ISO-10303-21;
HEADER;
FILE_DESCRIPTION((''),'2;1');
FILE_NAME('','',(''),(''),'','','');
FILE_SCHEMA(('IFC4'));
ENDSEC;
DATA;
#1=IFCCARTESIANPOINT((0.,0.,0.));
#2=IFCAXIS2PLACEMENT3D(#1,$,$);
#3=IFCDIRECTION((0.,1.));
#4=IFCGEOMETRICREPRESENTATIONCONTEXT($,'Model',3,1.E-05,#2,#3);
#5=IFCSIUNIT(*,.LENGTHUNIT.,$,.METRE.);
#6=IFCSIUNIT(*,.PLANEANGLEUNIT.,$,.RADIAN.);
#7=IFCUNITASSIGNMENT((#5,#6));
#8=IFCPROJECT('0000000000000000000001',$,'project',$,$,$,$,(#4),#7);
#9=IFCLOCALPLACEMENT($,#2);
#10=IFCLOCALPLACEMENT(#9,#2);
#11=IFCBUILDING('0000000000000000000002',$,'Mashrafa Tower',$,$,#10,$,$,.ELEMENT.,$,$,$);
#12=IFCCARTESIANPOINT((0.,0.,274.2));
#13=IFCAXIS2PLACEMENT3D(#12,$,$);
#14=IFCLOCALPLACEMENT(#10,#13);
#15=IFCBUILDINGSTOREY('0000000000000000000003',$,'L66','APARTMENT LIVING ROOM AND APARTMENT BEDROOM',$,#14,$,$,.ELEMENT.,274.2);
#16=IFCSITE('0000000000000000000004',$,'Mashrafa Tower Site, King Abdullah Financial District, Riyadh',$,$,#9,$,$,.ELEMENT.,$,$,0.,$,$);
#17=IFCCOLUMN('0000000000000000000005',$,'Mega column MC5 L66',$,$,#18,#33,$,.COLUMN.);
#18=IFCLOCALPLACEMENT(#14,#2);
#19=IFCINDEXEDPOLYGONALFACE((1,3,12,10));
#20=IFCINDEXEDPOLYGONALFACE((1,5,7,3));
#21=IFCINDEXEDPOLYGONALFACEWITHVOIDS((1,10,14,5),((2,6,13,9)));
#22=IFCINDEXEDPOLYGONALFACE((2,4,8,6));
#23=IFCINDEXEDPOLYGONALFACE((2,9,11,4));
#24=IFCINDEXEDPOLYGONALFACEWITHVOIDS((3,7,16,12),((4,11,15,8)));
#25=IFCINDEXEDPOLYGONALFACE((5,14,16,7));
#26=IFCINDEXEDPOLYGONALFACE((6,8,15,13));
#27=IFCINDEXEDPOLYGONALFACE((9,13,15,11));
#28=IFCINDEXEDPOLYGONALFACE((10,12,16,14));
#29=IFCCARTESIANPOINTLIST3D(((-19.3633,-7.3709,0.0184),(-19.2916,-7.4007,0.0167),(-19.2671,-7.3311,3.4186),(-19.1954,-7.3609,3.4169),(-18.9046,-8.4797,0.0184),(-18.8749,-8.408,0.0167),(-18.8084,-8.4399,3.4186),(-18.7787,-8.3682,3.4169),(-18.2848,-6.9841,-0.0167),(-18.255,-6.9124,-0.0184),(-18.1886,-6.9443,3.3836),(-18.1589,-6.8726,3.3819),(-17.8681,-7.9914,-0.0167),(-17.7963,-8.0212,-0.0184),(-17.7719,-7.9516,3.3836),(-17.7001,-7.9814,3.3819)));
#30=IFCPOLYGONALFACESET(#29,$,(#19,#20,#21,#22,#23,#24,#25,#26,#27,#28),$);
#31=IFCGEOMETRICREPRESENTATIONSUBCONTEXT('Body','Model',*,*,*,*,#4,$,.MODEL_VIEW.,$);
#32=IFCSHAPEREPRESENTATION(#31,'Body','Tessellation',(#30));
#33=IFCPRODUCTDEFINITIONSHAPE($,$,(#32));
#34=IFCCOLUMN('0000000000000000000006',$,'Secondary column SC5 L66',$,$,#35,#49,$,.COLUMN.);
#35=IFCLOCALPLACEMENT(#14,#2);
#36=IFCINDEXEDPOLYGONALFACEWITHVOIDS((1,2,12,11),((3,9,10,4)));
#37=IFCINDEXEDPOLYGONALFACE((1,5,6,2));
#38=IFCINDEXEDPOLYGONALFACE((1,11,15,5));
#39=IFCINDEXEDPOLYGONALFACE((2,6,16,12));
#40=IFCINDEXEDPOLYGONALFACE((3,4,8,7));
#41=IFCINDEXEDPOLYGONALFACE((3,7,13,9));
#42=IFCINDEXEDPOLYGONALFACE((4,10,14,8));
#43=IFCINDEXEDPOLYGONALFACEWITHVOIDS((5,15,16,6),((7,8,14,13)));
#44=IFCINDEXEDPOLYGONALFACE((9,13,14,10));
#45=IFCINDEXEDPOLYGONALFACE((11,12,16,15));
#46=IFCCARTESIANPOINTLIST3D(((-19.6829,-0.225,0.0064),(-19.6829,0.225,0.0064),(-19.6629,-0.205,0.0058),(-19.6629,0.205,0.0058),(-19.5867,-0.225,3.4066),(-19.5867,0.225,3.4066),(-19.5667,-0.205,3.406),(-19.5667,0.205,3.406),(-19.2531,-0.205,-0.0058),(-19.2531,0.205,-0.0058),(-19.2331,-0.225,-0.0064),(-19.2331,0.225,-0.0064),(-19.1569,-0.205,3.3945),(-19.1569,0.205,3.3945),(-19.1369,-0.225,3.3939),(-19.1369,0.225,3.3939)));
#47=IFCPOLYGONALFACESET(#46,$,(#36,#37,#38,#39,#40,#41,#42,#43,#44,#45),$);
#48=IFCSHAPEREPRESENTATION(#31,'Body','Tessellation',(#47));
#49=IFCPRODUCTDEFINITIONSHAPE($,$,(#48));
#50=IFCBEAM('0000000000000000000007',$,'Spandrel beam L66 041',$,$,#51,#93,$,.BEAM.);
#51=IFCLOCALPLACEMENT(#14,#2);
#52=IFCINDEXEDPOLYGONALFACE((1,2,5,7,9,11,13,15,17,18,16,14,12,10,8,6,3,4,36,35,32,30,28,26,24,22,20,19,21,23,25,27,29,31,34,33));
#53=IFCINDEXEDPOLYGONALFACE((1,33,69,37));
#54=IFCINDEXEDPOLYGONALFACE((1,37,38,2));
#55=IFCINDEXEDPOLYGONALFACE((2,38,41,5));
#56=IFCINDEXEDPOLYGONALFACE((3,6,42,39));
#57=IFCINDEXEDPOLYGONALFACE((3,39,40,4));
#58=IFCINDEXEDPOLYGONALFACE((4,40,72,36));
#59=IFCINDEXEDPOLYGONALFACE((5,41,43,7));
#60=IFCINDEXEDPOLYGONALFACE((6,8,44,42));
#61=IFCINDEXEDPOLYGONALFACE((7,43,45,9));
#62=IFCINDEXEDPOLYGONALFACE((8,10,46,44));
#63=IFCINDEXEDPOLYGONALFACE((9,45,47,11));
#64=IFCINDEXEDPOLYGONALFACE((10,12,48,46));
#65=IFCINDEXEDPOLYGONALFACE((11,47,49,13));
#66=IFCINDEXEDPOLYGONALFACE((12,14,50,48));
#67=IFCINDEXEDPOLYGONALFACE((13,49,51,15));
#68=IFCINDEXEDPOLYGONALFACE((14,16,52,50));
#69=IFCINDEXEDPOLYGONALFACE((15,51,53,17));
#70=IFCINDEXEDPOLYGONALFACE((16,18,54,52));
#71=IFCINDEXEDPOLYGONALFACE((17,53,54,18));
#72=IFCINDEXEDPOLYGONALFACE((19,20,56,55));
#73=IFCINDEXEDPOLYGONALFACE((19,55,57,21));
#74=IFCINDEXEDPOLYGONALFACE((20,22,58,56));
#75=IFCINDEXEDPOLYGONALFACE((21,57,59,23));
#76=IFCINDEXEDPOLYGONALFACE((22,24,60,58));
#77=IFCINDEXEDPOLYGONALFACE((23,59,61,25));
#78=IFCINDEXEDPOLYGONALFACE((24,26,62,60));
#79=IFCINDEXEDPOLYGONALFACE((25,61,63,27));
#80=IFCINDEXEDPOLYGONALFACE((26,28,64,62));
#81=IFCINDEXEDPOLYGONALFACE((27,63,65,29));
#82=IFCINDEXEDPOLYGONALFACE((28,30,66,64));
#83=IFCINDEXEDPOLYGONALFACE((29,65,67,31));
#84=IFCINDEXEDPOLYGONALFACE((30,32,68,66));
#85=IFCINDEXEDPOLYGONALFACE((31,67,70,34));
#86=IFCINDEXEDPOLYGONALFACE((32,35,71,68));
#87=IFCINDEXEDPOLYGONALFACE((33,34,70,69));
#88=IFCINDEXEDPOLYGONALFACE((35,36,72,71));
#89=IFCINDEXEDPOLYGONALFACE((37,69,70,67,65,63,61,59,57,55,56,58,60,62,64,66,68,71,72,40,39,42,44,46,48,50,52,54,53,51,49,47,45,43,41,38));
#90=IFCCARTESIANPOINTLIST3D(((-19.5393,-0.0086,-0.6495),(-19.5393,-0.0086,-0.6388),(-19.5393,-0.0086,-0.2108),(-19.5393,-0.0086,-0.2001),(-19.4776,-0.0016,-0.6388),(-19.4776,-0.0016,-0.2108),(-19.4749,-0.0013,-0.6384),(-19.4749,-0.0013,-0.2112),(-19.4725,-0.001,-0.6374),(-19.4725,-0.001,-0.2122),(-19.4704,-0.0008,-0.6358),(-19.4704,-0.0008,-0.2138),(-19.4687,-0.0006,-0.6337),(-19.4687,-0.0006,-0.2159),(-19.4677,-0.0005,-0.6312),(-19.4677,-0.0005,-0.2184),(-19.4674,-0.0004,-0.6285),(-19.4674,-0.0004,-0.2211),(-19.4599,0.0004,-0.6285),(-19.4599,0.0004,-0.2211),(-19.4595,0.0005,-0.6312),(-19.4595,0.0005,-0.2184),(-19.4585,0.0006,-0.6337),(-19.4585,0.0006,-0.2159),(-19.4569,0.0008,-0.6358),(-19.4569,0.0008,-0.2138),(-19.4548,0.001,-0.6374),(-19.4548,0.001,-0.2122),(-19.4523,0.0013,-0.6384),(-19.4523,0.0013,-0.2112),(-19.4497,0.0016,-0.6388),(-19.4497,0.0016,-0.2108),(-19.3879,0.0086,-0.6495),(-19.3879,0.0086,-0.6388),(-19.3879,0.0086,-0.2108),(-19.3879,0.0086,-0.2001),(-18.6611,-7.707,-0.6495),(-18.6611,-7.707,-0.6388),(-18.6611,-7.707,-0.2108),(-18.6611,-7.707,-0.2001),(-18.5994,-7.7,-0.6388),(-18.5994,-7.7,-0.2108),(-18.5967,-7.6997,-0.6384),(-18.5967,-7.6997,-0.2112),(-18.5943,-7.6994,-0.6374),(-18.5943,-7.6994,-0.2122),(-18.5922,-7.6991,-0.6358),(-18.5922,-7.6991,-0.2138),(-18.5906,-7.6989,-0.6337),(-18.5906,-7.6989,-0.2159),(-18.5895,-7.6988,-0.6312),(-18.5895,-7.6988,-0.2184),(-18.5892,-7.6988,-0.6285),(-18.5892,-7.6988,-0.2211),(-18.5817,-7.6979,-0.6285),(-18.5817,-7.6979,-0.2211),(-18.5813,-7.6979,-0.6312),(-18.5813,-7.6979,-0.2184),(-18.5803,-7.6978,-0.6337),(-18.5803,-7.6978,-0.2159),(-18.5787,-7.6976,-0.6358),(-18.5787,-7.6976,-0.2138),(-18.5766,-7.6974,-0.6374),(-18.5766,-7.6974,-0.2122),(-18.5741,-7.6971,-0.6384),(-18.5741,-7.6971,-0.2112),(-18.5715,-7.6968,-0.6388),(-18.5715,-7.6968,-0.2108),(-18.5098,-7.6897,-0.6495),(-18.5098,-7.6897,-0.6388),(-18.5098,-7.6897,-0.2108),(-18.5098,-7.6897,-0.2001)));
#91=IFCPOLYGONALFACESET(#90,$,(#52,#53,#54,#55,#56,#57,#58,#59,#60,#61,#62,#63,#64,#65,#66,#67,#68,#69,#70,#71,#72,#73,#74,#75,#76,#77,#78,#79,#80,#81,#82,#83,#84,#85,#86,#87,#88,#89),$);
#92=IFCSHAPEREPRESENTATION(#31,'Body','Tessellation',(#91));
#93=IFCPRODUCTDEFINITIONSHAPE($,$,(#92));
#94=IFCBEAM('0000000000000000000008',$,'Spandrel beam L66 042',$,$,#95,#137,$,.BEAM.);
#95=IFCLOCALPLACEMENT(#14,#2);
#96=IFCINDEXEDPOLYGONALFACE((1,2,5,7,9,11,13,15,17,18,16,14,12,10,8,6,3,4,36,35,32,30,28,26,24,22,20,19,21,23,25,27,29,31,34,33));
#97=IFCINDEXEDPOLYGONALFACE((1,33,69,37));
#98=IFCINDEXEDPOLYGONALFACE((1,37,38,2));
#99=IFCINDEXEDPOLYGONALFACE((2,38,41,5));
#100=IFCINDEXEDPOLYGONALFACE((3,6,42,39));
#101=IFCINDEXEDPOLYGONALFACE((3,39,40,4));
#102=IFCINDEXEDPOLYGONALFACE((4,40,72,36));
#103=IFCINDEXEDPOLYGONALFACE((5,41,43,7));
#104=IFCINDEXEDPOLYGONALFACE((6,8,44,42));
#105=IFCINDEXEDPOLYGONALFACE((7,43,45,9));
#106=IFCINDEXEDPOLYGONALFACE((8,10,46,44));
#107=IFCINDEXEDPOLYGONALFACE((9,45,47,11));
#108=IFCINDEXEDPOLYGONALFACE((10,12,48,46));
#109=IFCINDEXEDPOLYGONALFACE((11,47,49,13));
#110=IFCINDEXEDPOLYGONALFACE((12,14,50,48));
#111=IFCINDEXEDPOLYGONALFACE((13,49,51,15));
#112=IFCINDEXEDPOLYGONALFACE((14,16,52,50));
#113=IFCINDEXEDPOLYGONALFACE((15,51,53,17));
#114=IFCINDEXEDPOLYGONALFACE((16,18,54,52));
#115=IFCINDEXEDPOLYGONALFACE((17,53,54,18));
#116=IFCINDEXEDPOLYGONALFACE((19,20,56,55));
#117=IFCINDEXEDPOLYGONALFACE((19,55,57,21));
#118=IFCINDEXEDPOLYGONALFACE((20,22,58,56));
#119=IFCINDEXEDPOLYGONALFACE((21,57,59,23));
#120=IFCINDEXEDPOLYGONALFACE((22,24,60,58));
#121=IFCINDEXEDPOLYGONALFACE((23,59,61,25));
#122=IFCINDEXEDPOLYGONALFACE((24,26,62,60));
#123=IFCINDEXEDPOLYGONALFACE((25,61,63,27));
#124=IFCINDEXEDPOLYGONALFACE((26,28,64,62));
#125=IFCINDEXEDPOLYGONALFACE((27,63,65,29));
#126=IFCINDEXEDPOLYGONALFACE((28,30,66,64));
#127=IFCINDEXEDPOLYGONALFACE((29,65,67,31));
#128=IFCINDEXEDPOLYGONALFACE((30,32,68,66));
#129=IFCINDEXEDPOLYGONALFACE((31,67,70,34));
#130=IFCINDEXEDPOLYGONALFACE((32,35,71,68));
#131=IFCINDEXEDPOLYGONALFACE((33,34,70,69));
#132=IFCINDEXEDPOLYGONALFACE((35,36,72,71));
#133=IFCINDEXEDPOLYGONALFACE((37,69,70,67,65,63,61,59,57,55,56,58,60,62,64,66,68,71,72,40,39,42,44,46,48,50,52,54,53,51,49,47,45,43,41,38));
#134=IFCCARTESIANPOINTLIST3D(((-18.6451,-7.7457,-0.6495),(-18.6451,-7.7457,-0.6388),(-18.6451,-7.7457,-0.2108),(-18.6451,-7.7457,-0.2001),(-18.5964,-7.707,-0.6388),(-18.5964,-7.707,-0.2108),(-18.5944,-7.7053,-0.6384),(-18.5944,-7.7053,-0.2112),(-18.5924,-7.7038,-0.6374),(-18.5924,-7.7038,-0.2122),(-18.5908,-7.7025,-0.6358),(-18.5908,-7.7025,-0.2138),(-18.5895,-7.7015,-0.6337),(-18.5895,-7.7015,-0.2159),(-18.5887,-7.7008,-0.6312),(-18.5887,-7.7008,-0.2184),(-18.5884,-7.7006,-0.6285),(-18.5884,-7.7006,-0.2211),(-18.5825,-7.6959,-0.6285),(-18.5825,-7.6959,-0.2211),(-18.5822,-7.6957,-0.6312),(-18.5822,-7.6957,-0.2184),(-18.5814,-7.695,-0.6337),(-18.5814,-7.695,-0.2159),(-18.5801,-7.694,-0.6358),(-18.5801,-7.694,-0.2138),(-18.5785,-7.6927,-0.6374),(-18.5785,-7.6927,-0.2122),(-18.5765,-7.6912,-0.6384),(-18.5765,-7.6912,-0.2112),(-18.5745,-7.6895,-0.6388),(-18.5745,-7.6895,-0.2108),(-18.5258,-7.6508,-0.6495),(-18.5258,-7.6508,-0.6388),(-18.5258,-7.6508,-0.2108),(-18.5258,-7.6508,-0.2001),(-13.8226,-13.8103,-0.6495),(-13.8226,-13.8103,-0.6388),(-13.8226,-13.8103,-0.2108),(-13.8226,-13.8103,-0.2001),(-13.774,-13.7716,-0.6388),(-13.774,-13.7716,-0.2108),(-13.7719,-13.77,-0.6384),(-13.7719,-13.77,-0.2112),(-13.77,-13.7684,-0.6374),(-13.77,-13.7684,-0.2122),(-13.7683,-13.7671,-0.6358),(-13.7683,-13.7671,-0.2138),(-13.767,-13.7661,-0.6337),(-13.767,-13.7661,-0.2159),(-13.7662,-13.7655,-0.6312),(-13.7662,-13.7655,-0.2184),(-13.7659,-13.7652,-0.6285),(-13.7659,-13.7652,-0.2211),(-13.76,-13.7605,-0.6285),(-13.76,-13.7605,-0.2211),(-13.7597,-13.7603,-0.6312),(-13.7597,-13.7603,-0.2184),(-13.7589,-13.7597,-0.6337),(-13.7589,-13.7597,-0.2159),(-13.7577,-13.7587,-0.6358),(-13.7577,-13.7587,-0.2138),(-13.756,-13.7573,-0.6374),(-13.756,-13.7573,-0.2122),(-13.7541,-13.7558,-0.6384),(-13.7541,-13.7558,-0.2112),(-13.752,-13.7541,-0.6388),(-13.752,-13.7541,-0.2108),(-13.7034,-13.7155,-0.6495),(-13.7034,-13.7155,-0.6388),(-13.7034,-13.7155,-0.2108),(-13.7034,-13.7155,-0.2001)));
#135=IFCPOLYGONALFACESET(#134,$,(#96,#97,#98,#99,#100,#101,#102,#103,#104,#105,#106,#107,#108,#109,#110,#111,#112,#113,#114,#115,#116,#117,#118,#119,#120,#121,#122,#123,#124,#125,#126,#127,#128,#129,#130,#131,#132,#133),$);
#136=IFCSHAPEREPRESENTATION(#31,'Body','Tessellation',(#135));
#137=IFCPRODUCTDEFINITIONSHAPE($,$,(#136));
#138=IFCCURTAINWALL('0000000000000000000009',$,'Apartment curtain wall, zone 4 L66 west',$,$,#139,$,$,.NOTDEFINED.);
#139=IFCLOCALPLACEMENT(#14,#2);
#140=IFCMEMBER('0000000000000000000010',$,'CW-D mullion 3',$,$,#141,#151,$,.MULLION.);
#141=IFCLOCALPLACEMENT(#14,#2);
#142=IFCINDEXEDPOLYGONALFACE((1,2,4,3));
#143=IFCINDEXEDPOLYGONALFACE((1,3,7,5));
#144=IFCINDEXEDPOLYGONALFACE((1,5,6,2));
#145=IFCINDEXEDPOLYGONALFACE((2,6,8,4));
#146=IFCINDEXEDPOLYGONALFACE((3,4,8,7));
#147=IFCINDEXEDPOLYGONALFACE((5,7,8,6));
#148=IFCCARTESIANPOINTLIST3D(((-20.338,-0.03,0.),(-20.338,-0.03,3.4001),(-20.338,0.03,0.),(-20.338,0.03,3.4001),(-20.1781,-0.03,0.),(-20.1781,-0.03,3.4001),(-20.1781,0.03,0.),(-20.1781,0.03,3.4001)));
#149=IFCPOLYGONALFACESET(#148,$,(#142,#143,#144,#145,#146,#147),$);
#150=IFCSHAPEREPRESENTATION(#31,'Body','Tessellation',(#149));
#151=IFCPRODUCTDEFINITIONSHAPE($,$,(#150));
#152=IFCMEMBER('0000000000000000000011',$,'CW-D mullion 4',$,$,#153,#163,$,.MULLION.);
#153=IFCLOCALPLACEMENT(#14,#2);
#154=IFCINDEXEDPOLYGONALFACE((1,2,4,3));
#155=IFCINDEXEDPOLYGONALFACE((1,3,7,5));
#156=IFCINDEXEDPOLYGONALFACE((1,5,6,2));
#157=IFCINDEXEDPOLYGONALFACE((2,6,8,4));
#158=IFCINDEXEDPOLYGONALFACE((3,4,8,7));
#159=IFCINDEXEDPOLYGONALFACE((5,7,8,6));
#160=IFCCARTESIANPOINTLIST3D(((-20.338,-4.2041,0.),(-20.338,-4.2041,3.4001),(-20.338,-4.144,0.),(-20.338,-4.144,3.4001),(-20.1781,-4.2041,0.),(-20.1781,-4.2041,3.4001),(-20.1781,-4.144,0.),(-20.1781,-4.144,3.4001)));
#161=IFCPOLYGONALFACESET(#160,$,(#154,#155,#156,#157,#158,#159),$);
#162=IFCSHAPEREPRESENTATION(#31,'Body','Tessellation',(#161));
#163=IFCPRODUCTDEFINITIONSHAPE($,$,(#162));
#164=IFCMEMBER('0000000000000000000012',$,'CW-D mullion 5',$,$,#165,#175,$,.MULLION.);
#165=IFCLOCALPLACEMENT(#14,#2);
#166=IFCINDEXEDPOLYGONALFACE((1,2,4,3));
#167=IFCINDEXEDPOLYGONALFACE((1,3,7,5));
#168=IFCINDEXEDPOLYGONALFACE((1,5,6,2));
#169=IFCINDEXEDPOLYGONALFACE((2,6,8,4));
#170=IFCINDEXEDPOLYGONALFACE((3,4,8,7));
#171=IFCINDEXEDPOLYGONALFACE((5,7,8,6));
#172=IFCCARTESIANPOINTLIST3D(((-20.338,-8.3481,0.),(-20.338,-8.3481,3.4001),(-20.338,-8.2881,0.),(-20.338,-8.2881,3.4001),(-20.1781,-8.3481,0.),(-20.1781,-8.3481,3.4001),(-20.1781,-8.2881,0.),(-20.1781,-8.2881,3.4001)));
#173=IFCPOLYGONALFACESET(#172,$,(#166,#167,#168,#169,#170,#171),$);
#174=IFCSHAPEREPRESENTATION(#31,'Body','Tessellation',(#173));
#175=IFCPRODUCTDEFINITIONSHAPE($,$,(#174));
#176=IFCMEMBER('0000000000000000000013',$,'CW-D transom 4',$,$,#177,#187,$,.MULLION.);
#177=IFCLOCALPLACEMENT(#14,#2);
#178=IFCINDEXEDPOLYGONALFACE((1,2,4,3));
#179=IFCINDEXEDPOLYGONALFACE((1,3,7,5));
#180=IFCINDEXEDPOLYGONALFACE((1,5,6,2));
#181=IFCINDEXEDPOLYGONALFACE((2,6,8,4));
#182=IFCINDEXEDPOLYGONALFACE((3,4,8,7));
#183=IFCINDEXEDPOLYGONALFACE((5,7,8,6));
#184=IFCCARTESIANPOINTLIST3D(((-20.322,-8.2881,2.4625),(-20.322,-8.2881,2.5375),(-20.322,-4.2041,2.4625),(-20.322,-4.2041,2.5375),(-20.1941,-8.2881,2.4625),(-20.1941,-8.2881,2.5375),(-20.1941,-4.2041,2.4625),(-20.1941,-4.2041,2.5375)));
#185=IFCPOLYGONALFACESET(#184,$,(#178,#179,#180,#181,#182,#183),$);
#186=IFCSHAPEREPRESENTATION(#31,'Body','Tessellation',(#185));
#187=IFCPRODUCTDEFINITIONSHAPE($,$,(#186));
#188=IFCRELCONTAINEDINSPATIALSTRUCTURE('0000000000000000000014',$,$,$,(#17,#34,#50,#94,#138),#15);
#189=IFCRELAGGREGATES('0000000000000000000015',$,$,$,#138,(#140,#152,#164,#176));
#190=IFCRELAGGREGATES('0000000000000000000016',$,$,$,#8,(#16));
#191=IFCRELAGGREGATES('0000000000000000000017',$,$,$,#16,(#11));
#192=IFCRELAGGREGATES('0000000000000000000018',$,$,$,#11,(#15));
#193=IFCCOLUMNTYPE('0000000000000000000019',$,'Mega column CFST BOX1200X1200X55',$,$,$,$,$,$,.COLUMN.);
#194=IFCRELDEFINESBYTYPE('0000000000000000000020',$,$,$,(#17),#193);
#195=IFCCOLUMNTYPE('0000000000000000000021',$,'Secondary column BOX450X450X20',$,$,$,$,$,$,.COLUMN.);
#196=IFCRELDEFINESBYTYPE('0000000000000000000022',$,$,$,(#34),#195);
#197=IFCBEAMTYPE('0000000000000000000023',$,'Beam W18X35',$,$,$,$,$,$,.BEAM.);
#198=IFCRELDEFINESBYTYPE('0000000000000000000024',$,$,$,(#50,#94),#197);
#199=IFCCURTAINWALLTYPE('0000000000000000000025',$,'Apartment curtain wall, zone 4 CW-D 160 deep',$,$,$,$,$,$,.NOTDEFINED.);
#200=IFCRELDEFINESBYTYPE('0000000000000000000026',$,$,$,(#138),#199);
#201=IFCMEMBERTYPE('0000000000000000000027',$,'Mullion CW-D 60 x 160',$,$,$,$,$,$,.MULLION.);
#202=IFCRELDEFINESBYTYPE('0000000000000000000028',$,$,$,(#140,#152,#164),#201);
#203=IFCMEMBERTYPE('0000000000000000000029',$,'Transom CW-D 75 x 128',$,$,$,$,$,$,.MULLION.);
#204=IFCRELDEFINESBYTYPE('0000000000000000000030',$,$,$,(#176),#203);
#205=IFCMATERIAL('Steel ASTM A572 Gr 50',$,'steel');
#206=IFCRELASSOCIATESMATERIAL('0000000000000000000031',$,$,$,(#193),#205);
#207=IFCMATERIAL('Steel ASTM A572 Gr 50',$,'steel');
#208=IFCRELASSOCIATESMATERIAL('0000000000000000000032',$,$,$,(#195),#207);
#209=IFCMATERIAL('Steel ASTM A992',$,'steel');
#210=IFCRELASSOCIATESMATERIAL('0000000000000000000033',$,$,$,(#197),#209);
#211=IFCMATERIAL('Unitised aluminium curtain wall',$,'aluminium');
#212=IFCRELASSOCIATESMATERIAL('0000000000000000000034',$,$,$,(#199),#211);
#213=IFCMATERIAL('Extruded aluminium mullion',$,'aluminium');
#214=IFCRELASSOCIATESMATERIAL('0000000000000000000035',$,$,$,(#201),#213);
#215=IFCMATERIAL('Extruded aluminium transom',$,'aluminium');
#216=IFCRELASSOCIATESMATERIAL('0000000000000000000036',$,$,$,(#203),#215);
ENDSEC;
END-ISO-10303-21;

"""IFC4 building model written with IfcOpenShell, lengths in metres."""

from ifc_helpers import new_model, si_unit, direction, frame, origin, origin_2d, place, context, subcontext, project, spatial, rectangle, hollow_rectangle, i_section, extrude, source, transform, mapped, material, material_profile, profile_set, type_object, type_shapes, element, aggregate, save


model = new_model("IFC4")

# Units and contexts
model_context = context("Model", 3, precision=1e-05, world=origin(), true_north=direction((0.0, 1.0)))
body_context = subcontext(model_context, "Body", "Model", "MODEL_VIEW")
ifc_project = project(units=[si_unit("LENGTHUNIT", "METRE"), si_unit("PLANEANGLEUNIT", "RADIAN")], contexts=[model_context])

# Site, building, storey
site_placement = place(None, origin())
site = spatial("IfcSite", under=ifc_project, at=site_placement, Name="Mashrafa Tower Site, King Abdullah Financial District, Riyadh", CompositionType="ELEMENT", RefElevation=0.0)
building_placement = place(site_placement, origin())
building = spatial("IfcBuilding", under=site, at=building_placement, Name="Mashrafa Tower", CompositionType="ELEMENT")
storey_placement = place(building_placement, frame((0.0, 0.0, 274.2)))
storey = spatial("IfcBuildingStorey", under=building, at=storey_placement, Name="L66", Description="APARTMENT LIVING ROOM AND APARTMENT BEDROOM", CompositionType="ELEMENT", Elevation=274.2)

# Columns
ifc_material_1 = material(Name="Steel ASTM A572 Gr 50", Category="steel")
ifc_material_profile_1 = material_profile(ifc_material_1, hollow_rectangle(XDim=1.2, YDim=1.2, WallThickness=0.0549, at=origin_2d()), Name="BOX1200X1200X55")
ifc_profile_set_1 = profile_set([ifc_material_profile_1], Name="Steel ASTM A572 Gr 50")
column_type_1 = type_object("IfcColumnType", Name="Mega column CFST BOX1200X1200X55", PredefinedType="COLUMN", material=ifc_profile_set_1)
column_1_placement = place(storey_placement, frame((-18.5798, -7.696, 0.0), z_axis=(0.028277, 0.011698, 0.999532), x_axis=(-0.382283, 0.924045, 0.0)))
element("IfcColumn", 1, at=column_1_placement, inside=storey, type_object=column_type_1, Name="Mega column MC5 L66", PredefinedType="COLUMN", context=body_context, shape_type="SweptSolid", body=[
    extrude(hollow_rectangle(XDim=1.2, YDim=1.2, WallThickness=0.0549, at=origin_2d()), origin(), (0.0, 0.0, 1.0), 3.4019),
])
ifc_material_2 = material(Name="Steel ASTM A572 Gr 50", Category="steel")
ifc_material_profile_2 = material_profile(ifc_material_2, hollow_rectangle(XDim=0.45, YDim=0.45, WallThickness=0.02, at=origin_2d()), Name="BOX450X450X20")
ifc_profile_set_2 = profile_set([ifc_material_profile_2], Name="Steel ASTM A572 Gr 50")
column_type_2 = type_object("IfcColumnType", Name="Secondary column BOX450X450X20", PredefinedType="COLUMN", material=ifc_profile_set_2)
column_2_placement = place(storey_placement, frame((-19.458, 0.0, 0.0), z_axis=(0.028279, 0.0, 0.9996), x_axis=(0.0, 1.0, 0.0)))
element("IfcColumn", 2, at=column_2_placement, inside=storey, type_object=column_type_2, Name="Secondary column SC5 L66", PredefinedType="COLUMN", context=body_context, shape_type="SweptSolid", body=[
    extrude(hollow_rectangle(XDim=0.45, YDim=0.45, WallThickness=0.02, at=origin_2d()), origin(), (0.0, 0.0, 1.0), 3.4016),
])

# Beams
ifc_material_3 = material(Name="Steel ASTM A992", Category="steel")
ifc_material_profile_3 = material_profile(ifc_material_3, i_section(OverallWidth=0.1523, OverallDepth=0.4495, WebThickness=0.0076, FlangeThickness=0.0107, FilletRadius=0.0103, at=origin_2d()), Name="W18X35")
ifc_profile_set_3 = profile_set([ifc_material_profile_3], Name="Steel ASTM A992")
beam_type = type_object("IfcBeamType", Name="Beam W18X35", PredefinedType="BEAM", material=ifc_profile_set_3)
for number, where, z_axis, x_axis, name in (
    (3, (-19.4636, 0.0, -0.4248), (0.11334, -0.993556, 0.0), (0.993556, 0.11334, 0.0), "Spandrel beam L66 041"),
    (4, (-18.5854, -7.6982, -0.4248), (0.622391, -0.782707, 0.0), (0.782707, 0.622391, 0.0), "Spandrel beam L66 042"),
):
    element("IfcBeam", number, at=place(storey_placement, frame(where, z_axis=z_axis, x_axis=x_axis)), inside=storey, type_object=beam_type, Name=name, PredefinedType="BEAM", context=body_context, shape_type="SweptSolid", body=[
        extrude(i_section(OverallWidth=0.1523, OverallDepth=0.4495, WebThickness=0.0076, FlangeThickness=0.0107, FilletRadius=0.0103, at=origin_2d()), origin(), (0.0, 0.0, 1.0), 7.7483),
    ])

# Curtain wall, members
ifc_material_4 = material(Name="Unitised aluminium curtain wall", Category="aluminium")
curtain_wall_type = type_object("IfcCurtainWallType", Name="Apartment curtain wall, zone 4 CW-D 160 deep", PredefinedType="NOTDEFINED", material=ifc_material_4)
curtain_wall_placement = place(storey_placement, origin())
curtain_wall = element("IfcCurtainWall", 5, at=curtain_wall_placement, inside=storey, type_object=curtain_wall_type, Name="Apartment curtain wall, zone 4 L66 west", PredefinedType="NOTDEFINED")
ifc_material_5 = material(Name="Extruded aluminium mullion", Category="aluminium")
ifc_material_profile_4 = material_profile(ifc_material_5, rectangle(XDim=0.1599, YDim=0.0601, at=origin_2d()), Name="Mullion 60x160")
ifc_profile_set_4 = profile_set([ifc_material_profile_4], Name="Extruded aluminium mullion")
member_type_1 = type_object("IfcMemberType", Name="Mullion CW-D 60 x 160", PredefinedType="MULLION", material=ifc_profile_set_4)
shared_shape_1 = source(origin(), body_context, "Body", "SweptSolid", [
    extrude(rectangle(XDim=0.1599, YDim=0.0601, at=origin_2d()), origin(), (0.0, 0.0, 1.0), 3.4001),
])
type_shapes(member_type_1, [shared_shape_1])
member_1_placement = place(storey_placement, frame((-20.2581, 0.0, 0.0), z_axis=(0.0, 0.0, 1.0), x_axis=(1.0, 0.0, 0.0)))
member_1 = element("IfcMember", 6, at=member_1_placement, type_object=member_type_1, Name="CW-D mullion 3", PredefinedType="MULLION", context=body_context, shape_type="MappedRepresentation", body=[
    mapped(shared_shape_1, transform((0.0, 0.0, 0.0))),
])
member_2_placement = place(storey_placement, frame((-20.2581, -4.1741, 0.0), z_axis=(0.0, 0.0, 1.0), x_axis=(1.0, 0.0, 0.0)))
member_2 = element("IfcMember", 7, at=member_2_placement, type_object=member_type_1, Name="CW-D mullion 4", PredefinedType="MULLION", context=body_context, shape_type="MappedRepresentation", body=[
    mapped(shared_shape_1, transform((0.0, 0.0, 0.0))),
])
member_3_placement = place(storey_placement, frame((-20.2581, -8.3181, 0.0), z_axis=(0.0, 0.0, 1.0), x_axis=(1.0, 0.0, 0.0)))
member_3 = element("IfcMember", 8, at=member_3_placement, type_object=member_type_1, Name="CW-D mullion 5", PredefinedType="MULLION", context=body_context, shape_type="MappedRepresentation", body=[
    mapped(shared_shape_1, transform((0.0, 0.0, 0.0))),
])
ifc_material_6 = material(Name="Extruded aluminium transom", Category="aluminium")
ifc_material_profile_5 = material_profile(ifc_material_6, rectangle(XDim=0.1279, YDim=0.075, at=origin_2d()), Name="Transom 75x128")
ifc_profile_set_5 = profile_set([ifc_material_profile_5], Name="Extruded aluminium transom")
member_type_2 = type_object("IfcMemberType", Name="Transom CW-D 75 x 128", PredefinedType="MULLION", material=ifc_profile_set_5)
shared_shape_2 = source(origin(), body_context, "Body", "SweptSolid", [
    extrude(rectangle(XDim=0.1279, YDim=0.075, at=origin_2d()), origin(), (0.0, 0.0, 1.0), 4.084),
])
member_4_placement = place(storey_placement, frame((-20.2581, -4.2041, 2.5), z_axis=(0.0, -1.0, 0.0), x_axis=(1.0, 0.0, 0.0)))
member_4 = element("IfcMember", 9, at=member_4_placement, type_object=member_type_2, Name="CW-D transom 4", PredefinedType="MULLION", context=body_context, shape_type="MappedRepresentation", body=[
    mapped(shared_shape_2, transform((0.0, 0.0, 0.0))),
])
aggregate(curtain_wall, [member_1, member_2, member_3, member_4])

save(model, "model.ifc")
